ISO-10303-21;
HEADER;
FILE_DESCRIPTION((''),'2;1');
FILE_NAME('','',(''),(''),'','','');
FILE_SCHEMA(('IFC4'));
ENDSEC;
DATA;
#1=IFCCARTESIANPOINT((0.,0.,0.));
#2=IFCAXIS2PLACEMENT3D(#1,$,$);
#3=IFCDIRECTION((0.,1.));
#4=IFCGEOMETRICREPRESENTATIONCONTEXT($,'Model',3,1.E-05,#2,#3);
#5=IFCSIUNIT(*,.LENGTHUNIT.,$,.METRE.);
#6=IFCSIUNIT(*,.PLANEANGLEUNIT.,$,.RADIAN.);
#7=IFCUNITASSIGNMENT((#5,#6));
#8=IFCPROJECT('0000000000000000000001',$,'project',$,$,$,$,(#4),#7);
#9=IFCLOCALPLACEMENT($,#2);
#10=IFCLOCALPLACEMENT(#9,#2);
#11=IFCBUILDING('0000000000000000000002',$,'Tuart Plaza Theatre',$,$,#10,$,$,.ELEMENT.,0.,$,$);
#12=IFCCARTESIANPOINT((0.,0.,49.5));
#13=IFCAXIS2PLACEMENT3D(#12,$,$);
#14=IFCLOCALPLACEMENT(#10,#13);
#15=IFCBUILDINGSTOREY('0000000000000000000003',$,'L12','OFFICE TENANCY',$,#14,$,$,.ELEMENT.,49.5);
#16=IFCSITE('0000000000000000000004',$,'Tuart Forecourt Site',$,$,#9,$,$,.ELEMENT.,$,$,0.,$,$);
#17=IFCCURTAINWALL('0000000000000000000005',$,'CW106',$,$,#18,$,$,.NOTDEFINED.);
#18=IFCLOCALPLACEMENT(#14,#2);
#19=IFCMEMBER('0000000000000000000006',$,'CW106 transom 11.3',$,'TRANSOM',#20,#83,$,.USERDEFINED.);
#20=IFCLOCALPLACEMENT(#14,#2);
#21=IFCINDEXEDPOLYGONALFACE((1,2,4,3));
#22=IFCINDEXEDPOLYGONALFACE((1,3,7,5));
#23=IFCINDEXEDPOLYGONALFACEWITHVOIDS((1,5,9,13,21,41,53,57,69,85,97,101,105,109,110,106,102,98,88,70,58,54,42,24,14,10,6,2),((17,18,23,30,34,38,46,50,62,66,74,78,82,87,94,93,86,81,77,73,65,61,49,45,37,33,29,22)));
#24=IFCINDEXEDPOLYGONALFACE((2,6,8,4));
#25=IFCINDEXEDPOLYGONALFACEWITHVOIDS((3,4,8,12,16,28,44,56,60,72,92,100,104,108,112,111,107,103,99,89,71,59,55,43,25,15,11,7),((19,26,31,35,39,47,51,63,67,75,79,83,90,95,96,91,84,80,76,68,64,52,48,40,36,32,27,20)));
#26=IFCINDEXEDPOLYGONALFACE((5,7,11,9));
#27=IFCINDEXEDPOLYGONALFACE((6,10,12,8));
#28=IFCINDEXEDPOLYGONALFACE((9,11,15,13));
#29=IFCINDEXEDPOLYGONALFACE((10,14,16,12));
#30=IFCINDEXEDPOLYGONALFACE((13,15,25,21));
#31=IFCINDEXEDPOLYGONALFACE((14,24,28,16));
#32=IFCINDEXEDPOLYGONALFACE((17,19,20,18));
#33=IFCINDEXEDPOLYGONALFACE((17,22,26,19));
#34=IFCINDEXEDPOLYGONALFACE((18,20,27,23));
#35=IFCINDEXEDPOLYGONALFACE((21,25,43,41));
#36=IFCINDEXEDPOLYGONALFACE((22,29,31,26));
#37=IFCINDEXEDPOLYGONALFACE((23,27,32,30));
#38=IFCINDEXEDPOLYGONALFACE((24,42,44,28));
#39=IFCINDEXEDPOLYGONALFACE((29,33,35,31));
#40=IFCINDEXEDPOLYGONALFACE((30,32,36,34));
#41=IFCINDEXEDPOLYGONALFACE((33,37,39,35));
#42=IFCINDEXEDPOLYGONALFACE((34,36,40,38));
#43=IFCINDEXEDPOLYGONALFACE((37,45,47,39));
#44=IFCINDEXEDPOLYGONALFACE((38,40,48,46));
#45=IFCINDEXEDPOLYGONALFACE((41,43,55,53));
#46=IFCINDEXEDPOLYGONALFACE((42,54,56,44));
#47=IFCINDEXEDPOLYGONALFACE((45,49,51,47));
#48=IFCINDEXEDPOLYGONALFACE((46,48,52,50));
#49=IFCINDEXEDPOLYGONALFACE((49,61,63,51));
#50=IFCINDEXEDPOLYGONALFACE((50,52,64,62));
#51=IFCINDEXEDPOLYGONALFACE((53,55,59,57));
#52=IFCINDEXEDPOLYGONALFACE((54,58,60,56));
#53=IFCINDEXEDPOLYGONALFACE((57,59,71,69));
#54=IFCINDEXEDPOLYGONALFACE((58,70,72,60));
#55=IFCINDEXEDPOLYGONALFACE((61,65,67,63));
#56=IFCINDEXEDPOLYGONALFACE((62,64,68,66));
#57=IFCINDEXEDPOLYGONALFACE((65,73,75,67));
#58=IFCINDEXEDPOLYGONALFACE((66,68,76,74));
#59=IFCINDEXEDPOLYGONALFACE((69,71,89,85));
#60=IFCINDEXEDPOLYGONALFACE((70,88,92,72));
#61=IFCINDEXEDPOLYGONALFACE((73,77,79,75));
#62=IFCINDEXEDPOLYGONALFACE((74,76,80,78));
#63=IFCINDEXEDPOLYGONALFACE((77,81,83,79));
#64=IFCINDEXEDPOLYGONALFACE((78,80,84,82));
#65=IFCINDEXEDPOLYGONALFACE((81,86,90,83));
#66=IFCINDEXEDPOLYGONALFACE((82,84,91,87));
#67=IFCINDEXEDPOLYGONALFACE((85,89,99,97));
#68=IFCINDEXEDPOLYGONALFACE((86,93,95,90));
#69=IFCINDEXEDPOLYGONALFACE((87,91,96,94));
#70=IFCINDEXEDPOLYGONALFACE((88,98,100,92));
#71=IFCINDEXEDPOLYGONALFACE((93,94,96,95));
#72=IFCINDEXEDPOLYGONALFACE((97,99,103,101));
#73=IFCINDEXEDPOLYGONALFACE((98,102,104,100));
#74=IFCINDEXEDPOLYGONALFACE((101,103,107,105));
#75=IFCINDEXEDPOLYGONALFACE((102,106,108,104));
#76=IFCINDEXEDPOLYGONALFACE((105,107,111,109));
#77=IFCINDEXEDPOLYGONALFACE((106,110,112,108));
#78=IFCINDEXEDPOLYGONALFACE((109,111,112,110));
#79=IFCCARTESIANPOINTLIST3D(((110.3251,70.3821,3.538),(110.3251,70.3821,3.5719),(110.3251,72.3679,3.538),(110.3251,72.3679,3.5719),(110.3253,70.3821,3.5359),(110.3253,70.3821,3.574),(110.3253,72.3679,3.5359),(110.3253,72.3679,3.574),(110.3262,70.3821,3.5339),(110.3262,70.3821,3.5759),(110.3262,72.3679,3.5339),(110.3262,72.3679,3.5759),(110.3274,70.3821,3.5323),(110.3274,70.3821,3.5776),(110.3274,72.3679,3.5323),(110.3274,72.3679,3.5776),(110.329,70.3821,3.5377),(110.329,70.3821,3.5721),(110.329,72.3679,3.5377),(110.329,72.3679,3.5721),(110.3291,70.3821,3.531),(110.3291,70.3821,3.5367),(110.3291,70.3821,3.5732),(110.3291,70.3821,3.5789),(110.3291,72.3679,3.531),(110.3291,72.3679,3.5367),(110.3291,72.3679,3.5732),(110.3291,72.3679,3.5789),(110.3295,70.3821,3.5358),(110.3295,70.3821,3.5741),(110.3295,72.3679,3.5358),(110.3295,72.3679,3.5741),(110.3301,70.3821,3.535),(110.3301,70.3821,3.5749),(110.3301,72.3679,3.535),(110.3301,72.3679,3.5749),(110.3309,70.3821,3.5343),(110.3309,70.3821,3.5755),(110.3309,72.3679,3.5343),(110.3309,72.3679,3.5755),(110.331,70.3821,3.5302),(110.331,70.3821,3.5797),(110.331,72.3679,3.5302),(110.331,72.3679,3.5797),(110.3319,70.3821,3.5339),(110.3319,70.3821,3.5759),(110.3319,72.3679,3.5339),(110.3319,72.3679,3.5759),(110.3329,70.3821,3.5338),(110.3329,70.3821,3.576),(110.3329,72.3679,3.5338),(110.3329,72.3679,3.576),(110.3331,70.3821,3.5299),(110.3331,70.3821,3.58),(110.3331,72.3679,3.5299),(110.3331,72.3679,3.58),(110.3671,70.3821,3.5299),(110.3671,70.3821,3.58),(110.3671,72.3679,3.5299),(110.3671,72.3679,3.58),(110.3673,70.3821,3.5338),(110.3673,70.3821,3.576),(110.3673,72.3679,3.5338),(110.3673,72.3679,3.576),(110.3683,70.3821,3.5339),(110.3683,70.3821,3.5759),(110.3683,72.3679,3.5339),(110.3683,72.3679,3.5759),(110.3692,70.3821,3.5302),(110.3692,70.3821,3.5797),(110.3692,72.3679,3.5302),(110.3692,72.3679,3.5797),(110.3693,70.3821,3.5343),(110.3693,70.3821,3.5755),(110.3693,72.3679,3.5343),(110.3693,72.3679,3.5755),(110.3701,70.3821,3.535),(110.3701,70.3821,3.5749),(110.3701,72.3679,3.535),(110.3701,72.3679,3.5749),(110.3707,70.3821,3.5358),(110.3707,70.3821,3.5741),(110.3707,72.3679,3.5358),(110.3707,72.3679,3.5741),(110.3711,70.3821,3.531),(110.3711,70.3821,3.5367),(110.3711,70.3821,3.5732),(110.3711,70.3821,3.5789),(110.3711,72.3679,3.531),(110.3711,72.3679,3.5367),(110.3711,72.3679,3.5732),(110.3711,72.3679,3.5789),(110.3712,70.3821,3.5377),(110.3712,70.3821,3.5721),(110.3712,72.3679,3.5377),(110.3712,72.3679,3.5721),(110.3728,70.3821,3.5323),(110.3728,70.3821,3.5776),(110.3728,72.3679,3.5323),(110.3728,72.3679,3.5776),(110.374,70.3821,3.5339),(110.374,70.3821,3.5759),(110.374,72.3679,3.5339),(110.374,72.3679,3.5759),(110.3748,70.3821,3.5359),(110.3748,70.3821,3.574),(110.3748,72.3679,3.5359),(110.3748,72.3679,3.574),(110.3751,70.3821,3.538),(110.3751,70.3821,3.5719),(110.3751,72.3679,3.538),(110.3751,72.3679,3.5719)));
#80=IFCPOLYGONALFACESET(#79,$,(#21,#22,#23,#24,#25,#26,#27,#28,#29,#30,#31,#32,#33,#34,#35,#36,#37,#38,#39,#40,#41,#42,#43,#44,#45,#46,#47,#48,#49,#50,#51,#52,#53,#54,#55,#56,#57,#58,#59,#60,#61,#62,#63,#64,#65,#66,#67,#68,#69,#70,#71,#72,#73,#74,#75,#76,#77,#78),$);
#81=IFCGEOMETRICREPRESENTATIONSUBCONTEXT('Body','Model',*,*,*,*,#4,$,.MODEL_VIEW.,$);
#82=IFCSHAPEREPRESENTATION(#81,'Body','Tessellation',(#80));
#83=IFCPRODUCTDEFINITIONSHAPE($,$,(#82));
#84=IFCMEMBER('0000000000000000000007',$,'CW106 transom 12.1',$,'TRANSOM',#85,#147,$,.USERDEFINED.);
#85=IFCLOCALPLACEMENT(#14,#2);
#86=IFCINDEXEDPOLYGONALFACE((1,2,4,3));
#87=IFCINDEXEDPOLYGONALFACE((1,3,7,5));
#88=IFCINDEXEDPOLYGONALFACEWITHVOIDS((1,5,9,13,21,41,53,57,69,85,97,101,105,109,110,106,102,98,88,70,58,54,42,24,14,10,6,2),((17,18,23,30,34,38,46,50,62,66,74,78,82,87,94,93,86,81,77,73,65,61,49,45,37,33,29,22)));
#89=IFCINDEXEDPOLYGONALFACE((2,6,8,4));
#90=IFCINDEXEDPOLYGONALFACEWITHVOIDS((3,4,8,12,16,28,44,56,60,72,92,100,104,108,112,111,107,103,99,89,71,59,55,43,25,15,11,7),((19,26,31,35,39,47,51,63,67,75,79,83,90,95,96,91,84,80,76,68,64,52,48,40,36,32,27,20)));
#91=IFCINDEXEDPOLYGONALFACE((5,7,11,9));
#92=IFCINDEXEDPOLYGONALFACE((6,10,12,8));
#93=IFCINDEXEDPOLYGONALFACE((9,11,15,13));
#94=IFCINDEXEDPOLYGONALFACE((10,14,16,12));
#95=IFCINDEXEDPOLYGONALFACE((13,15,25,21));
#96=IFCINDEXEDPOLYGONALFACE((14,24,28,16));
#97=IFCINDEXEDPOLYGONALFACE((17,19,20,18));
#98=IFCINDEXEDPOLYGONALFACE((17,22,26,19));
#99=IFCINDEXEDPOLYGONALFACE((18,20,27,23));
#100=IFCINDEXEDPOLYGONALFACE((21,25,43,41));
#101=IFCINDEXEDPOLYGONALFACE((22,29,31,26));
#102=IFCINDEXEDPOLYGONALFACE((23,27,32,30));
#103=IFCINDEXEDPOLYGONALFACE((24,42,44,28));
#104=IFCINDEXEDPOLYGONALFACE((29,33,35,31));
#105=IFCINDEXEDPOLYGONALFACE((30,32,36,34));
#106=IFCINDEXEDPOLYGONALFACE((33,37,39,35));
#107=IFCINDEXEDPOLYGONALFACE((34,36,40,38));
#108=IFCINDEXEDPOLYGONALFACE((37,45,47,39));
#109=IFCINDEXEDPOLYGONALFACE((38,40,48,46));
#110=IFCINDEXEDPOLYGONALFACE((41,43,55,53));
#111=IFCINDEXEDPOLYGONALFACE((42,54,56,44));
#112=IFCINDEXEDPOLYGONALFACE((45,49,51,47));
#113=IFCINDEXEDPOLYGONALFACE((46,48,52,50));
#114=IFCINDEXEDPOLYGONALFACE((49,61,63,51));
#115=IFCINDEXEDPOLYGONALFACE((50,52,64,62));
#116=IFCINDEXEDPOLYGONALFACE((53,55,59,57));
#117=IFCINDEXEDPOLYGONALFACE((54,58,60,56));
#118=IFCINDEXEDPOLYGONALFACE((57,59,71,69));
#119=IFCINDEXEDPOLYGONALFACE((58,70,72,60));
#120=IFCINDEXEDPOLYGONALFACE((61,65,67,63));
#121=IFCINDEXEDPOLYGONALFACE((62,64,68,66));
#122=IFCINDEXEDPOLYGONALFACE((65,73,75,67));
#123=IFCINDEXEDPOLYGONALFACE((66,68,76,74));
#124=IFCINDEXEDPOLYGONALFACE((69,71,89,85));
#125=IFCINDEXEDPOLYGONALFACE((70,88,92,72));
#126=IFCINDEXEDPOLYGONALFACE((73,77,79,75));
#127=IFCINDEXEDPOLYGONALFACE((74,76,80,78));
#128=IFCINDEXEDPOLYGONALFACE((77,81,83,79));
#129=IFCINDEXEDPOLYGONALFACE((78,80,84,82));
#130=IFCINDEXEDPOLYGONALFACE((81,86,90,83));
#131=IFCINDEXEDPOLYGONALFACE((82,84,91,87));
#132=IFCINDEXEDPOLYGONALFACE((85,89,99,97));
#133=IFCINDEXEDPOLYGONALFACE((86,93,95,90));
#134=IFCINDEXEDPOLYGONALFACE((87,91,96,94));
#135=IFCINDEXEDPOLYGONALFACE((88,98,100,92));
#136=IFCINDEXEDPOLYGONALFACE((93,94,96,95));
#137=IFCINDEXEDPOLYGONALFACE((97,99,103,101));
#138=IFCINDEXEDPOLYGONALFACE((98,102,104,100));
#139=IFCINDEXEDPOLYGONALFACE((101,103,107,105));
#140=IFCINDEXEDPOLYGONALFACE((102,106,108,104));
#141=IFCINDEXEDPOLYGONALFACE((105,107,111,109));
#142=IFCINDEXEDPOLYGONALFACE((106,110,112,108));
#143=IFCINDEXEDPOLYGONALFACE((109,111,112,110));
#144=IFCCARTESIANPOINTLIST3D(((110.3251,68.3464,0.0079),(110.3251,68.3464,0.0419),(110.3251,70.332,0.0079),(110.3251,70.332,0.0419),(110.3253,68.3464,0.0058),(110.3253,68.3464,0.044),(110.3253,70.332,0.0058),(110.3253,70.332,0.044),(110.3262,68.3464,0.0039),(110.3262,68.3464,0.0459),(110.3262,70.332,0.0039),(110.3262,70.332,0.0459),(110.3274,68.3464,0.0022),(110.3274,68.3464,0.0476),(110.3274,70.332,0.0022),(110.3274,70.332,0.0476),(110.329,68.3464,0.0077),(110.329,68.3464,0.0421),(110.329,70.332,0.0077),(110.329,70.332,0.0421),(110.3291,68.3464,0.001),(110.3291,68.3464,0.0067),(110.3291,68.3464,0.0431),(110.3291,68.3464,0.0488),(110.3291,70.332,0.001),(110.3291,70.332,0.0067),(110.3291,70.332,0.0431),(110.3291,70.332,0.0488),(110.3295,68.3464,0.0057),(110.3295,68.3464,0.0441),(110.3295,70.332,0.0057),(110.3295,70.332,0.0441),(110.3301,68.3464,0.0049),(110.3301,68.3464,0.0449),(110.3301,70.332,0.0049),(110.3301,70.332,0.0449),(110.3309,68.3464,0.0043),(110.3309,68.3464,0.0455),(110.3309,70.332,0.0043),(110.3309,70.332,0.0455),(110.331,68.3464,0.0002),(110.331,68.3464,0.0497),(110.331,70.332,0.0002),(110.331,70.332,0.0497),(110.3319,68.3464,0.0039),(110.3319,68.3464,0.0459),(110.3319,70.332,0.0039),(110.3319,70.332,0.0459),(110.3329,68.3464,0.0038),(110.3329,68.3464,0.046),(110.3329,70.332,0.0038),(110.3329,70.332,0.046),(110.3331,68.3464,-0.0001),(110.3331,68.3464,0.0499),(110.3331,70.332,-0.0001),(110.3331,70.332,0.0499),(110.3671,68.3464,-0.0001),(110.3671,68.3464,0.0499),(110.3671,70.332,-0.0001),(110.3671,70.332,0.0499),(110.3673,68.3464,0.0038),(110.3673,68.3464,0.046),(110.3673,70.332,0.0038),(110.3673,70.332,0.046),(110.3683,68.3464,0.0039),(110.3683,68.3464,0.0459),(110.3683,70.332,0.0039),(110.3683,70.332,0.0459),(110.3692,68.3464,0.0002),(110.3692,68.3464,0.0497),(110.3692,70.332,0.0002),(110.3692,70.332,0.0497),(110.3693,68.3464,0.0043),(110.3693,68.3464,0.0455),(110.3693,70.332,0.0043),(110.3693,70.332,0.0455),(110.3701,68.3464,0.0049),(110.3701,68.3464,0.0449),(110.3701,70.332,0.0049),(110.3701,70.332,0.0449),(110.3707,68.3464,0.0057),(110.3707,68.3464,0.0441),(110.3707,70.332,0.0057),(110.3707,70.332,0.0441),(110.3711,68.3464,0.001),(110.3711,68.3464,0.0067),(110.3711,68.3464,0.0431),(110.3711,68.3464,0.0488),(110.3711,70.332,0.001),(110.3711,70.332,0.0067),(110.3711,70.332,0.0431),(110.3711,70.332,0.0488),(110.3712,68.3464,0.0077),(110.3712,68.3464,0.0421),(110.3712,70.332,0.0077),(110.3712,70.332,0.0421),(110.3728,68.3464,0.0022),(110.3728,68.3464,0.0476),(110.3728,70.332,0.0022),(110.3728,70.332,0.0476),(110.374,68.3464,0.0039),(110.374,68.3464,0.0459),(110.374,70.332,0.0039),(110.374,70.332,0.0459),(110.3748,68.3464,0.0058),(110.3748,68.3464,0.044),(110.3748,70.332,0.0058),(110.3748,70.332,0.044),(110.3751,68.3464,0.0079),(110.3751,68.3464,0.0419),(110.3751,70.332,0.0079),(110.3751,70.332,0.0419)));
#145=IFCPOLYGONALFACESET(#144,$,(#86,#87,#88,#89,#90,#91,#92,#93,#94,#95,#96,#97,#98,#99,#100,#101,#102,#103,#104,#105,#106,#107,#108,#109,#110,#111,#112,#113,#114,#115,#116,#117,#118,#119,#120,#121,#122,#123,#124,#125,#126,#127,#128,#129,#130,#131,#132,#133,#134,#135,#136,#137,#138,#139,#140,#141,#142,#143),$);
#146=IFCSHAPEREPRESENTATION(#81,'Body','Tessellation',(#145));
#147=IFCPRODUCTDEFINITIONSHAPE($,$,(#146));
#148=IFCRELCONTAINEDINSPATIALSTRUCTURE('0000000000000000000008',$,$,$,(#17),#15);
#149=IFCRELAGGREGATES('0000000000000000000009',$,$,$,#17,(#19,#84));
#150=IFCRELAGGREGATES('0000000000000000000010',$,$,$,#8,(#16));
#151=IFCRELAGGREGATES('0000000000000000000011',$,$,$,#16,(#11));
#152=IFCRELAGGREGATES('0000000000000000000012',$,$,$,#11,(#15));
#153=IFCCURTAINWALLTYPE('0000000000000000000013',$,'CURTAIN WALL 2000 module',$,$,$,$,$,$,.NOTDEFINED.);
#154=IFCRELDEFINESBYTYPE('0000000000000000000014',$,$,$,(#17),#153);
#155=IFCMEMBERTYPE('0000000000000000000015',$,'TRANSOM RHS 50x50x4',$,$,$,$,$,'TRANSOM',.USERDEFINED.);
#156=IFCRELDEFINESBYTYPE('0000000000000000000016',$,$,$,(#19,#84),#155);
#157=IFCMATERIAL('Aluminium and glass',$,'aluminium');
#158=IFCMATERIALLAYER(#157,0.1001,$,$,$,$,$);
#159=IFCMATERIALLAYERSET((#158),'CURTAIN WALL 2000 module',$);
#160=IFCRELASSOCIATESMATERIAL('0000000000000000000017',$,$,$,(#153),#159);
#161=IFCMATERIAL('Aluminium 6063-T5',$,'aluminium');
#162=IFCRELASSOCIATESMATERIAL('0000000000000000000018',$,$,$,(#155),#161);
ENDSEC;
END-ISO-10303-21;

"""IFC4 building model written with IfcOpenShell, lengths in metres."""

from ifc_helpers import new_model, si_unit, direction, frame, origin, origin_2d, place, context, subcontext, project, spatial, hollow_rectangle, extrude, material, layer, layer_set, material_profile, profile_set, type_object, element, aggregate, save


model = new_model("IFC4")

# Units and contexts
model_context = context("Model", 3, precision=1e-05, world=origin(), true_north=direction((0.0, 1.0)))
body_context = subcontext(model_context, "Body", "Model", "MODEL_VIEW")
ifc_project = project(units=[si_unit("LENGTHUNIT", "METRE"), si_unit("PLANEANGLEUNIT", "RADIAN")], contexts=[model_context])

# Site, building, storey
site_placement = place(None, origin())
site = spatial("IfcSite", under=ifc_project, at=site_placement, Name="Tuart Forecourt Site", CompositionType="ELEMENT", RefElevation=0.0)
building_placement = place(site_placement, origin())
building = spatial("IfcBuilding", under=site, at=building_placement, Name="Tuart Plaza Theatre", CompositionType="ELEMENT", ElevationOfRefHeight=0.0)
storey_placement = place(building_placement, frame((0.0, 0.0, 49.5)))
storey = spatial("IfcBuildingStorey", under=building, at=storey_placement, Name="L12", Description="OFFICE TENANCY", CompositionType="ELEMENT", Elevation=49.5)

# Curtain wall, members
ifc_material_1 = material(Name="Aluminium and glass", Category="aluminium")
ifc_layer_1 = layer(ifc_material_1, 0.1001)
ifc_layer_set_1 = layer_set([ifc_layer_1], Name="CURTAIN WALL 2000 module")
curtain_wall_type = type_object("IfcCurtainWallType", Name="CURTAIN WALL 2000 module", PredefinedType="NOTDEFINED", material=ifc_layer_set_1)
curtain_wall_placement = place(storey_placement, origin())
curtain_wall = element("IfcCurtainWall", 1, at=curtain_wall_placement, inside=storey, type_object=curtain_wall_type, Name="CW106", PredefinedType="NOTDEFINED")
ifc_material_2 = material(Name="Aluminium 6063-T5", Category="aluminium")
ifc_material_profile = material_profile(ifc_material_2, hollow_rectangle(XDim=0.05, YDim=0.05, WallThickness=0.0039, InnerFilletRadius=0.0039, OuterFilletRadius=0.0081, at=origin_2d()), Name="RHS 50x50x4")
ifc_profile_set = profile_set([ifc_material_profile], Name="Aluminium 6063-T5")
member_type = type_object("IfcMemberType", Name="TRANSOM RHS 50x50x4", ElementType="TRANSOM", PredefinedType="USERDEFINED", material=ifc_profile_set)
member_1_placement = place(storey_placement, frame((110.3501, 72.3679, 3.5549), z_axis=(0.0, -1.0, 0.0), x_axis=(1.0, 0.0, 0.0)))
member_1 = element("IfcMember", 2, at=member_1_placement, type_object=member_type, Name="CW106 transom 11.3", ObjectType="TRANSOM", PredefinedType="USERDEFINED", context=body_context, shape_type="SweptSolid", body=[
    extrude(hollow_rectangle(XDim=0.05, YDim=0.05, WallThickness=0.0039, InnerFilletRadius=0.0039, OuterFilletRadius=0.0081, at=origin_2d()), origin(), (0.0, 0.0, 1.0), 1.9858),
])
member_2_placement = place(storey_placement, frame((110.3501, 70.332, 0.0249), z_axis=(0.0, -1.0, 0.0), x_axis=(1.0, 0.0, 0.0)))
member_2 = element("IfcMember", 3, at=member_2_placement, type_object=member_type, Name="CW106 transom 12.1", ObjectType="TRANSOM", PredefinedType="USERDEFINED", context=body_context, shape_type="SweptSolid", body=[
    extrude(hollow_rectangle(XDim=0.05, YDim=0.05, WallThickness=0.0039, InnerFilletRadius=0.0039, OuterFilletRadius=0.0081, at=origin_2d()), origin(), (0.0, 0.0, 1.0), 1.9856),
])
aggregate(curtain_wall, [member_1, member_2])

save(model, "model.ifc")
